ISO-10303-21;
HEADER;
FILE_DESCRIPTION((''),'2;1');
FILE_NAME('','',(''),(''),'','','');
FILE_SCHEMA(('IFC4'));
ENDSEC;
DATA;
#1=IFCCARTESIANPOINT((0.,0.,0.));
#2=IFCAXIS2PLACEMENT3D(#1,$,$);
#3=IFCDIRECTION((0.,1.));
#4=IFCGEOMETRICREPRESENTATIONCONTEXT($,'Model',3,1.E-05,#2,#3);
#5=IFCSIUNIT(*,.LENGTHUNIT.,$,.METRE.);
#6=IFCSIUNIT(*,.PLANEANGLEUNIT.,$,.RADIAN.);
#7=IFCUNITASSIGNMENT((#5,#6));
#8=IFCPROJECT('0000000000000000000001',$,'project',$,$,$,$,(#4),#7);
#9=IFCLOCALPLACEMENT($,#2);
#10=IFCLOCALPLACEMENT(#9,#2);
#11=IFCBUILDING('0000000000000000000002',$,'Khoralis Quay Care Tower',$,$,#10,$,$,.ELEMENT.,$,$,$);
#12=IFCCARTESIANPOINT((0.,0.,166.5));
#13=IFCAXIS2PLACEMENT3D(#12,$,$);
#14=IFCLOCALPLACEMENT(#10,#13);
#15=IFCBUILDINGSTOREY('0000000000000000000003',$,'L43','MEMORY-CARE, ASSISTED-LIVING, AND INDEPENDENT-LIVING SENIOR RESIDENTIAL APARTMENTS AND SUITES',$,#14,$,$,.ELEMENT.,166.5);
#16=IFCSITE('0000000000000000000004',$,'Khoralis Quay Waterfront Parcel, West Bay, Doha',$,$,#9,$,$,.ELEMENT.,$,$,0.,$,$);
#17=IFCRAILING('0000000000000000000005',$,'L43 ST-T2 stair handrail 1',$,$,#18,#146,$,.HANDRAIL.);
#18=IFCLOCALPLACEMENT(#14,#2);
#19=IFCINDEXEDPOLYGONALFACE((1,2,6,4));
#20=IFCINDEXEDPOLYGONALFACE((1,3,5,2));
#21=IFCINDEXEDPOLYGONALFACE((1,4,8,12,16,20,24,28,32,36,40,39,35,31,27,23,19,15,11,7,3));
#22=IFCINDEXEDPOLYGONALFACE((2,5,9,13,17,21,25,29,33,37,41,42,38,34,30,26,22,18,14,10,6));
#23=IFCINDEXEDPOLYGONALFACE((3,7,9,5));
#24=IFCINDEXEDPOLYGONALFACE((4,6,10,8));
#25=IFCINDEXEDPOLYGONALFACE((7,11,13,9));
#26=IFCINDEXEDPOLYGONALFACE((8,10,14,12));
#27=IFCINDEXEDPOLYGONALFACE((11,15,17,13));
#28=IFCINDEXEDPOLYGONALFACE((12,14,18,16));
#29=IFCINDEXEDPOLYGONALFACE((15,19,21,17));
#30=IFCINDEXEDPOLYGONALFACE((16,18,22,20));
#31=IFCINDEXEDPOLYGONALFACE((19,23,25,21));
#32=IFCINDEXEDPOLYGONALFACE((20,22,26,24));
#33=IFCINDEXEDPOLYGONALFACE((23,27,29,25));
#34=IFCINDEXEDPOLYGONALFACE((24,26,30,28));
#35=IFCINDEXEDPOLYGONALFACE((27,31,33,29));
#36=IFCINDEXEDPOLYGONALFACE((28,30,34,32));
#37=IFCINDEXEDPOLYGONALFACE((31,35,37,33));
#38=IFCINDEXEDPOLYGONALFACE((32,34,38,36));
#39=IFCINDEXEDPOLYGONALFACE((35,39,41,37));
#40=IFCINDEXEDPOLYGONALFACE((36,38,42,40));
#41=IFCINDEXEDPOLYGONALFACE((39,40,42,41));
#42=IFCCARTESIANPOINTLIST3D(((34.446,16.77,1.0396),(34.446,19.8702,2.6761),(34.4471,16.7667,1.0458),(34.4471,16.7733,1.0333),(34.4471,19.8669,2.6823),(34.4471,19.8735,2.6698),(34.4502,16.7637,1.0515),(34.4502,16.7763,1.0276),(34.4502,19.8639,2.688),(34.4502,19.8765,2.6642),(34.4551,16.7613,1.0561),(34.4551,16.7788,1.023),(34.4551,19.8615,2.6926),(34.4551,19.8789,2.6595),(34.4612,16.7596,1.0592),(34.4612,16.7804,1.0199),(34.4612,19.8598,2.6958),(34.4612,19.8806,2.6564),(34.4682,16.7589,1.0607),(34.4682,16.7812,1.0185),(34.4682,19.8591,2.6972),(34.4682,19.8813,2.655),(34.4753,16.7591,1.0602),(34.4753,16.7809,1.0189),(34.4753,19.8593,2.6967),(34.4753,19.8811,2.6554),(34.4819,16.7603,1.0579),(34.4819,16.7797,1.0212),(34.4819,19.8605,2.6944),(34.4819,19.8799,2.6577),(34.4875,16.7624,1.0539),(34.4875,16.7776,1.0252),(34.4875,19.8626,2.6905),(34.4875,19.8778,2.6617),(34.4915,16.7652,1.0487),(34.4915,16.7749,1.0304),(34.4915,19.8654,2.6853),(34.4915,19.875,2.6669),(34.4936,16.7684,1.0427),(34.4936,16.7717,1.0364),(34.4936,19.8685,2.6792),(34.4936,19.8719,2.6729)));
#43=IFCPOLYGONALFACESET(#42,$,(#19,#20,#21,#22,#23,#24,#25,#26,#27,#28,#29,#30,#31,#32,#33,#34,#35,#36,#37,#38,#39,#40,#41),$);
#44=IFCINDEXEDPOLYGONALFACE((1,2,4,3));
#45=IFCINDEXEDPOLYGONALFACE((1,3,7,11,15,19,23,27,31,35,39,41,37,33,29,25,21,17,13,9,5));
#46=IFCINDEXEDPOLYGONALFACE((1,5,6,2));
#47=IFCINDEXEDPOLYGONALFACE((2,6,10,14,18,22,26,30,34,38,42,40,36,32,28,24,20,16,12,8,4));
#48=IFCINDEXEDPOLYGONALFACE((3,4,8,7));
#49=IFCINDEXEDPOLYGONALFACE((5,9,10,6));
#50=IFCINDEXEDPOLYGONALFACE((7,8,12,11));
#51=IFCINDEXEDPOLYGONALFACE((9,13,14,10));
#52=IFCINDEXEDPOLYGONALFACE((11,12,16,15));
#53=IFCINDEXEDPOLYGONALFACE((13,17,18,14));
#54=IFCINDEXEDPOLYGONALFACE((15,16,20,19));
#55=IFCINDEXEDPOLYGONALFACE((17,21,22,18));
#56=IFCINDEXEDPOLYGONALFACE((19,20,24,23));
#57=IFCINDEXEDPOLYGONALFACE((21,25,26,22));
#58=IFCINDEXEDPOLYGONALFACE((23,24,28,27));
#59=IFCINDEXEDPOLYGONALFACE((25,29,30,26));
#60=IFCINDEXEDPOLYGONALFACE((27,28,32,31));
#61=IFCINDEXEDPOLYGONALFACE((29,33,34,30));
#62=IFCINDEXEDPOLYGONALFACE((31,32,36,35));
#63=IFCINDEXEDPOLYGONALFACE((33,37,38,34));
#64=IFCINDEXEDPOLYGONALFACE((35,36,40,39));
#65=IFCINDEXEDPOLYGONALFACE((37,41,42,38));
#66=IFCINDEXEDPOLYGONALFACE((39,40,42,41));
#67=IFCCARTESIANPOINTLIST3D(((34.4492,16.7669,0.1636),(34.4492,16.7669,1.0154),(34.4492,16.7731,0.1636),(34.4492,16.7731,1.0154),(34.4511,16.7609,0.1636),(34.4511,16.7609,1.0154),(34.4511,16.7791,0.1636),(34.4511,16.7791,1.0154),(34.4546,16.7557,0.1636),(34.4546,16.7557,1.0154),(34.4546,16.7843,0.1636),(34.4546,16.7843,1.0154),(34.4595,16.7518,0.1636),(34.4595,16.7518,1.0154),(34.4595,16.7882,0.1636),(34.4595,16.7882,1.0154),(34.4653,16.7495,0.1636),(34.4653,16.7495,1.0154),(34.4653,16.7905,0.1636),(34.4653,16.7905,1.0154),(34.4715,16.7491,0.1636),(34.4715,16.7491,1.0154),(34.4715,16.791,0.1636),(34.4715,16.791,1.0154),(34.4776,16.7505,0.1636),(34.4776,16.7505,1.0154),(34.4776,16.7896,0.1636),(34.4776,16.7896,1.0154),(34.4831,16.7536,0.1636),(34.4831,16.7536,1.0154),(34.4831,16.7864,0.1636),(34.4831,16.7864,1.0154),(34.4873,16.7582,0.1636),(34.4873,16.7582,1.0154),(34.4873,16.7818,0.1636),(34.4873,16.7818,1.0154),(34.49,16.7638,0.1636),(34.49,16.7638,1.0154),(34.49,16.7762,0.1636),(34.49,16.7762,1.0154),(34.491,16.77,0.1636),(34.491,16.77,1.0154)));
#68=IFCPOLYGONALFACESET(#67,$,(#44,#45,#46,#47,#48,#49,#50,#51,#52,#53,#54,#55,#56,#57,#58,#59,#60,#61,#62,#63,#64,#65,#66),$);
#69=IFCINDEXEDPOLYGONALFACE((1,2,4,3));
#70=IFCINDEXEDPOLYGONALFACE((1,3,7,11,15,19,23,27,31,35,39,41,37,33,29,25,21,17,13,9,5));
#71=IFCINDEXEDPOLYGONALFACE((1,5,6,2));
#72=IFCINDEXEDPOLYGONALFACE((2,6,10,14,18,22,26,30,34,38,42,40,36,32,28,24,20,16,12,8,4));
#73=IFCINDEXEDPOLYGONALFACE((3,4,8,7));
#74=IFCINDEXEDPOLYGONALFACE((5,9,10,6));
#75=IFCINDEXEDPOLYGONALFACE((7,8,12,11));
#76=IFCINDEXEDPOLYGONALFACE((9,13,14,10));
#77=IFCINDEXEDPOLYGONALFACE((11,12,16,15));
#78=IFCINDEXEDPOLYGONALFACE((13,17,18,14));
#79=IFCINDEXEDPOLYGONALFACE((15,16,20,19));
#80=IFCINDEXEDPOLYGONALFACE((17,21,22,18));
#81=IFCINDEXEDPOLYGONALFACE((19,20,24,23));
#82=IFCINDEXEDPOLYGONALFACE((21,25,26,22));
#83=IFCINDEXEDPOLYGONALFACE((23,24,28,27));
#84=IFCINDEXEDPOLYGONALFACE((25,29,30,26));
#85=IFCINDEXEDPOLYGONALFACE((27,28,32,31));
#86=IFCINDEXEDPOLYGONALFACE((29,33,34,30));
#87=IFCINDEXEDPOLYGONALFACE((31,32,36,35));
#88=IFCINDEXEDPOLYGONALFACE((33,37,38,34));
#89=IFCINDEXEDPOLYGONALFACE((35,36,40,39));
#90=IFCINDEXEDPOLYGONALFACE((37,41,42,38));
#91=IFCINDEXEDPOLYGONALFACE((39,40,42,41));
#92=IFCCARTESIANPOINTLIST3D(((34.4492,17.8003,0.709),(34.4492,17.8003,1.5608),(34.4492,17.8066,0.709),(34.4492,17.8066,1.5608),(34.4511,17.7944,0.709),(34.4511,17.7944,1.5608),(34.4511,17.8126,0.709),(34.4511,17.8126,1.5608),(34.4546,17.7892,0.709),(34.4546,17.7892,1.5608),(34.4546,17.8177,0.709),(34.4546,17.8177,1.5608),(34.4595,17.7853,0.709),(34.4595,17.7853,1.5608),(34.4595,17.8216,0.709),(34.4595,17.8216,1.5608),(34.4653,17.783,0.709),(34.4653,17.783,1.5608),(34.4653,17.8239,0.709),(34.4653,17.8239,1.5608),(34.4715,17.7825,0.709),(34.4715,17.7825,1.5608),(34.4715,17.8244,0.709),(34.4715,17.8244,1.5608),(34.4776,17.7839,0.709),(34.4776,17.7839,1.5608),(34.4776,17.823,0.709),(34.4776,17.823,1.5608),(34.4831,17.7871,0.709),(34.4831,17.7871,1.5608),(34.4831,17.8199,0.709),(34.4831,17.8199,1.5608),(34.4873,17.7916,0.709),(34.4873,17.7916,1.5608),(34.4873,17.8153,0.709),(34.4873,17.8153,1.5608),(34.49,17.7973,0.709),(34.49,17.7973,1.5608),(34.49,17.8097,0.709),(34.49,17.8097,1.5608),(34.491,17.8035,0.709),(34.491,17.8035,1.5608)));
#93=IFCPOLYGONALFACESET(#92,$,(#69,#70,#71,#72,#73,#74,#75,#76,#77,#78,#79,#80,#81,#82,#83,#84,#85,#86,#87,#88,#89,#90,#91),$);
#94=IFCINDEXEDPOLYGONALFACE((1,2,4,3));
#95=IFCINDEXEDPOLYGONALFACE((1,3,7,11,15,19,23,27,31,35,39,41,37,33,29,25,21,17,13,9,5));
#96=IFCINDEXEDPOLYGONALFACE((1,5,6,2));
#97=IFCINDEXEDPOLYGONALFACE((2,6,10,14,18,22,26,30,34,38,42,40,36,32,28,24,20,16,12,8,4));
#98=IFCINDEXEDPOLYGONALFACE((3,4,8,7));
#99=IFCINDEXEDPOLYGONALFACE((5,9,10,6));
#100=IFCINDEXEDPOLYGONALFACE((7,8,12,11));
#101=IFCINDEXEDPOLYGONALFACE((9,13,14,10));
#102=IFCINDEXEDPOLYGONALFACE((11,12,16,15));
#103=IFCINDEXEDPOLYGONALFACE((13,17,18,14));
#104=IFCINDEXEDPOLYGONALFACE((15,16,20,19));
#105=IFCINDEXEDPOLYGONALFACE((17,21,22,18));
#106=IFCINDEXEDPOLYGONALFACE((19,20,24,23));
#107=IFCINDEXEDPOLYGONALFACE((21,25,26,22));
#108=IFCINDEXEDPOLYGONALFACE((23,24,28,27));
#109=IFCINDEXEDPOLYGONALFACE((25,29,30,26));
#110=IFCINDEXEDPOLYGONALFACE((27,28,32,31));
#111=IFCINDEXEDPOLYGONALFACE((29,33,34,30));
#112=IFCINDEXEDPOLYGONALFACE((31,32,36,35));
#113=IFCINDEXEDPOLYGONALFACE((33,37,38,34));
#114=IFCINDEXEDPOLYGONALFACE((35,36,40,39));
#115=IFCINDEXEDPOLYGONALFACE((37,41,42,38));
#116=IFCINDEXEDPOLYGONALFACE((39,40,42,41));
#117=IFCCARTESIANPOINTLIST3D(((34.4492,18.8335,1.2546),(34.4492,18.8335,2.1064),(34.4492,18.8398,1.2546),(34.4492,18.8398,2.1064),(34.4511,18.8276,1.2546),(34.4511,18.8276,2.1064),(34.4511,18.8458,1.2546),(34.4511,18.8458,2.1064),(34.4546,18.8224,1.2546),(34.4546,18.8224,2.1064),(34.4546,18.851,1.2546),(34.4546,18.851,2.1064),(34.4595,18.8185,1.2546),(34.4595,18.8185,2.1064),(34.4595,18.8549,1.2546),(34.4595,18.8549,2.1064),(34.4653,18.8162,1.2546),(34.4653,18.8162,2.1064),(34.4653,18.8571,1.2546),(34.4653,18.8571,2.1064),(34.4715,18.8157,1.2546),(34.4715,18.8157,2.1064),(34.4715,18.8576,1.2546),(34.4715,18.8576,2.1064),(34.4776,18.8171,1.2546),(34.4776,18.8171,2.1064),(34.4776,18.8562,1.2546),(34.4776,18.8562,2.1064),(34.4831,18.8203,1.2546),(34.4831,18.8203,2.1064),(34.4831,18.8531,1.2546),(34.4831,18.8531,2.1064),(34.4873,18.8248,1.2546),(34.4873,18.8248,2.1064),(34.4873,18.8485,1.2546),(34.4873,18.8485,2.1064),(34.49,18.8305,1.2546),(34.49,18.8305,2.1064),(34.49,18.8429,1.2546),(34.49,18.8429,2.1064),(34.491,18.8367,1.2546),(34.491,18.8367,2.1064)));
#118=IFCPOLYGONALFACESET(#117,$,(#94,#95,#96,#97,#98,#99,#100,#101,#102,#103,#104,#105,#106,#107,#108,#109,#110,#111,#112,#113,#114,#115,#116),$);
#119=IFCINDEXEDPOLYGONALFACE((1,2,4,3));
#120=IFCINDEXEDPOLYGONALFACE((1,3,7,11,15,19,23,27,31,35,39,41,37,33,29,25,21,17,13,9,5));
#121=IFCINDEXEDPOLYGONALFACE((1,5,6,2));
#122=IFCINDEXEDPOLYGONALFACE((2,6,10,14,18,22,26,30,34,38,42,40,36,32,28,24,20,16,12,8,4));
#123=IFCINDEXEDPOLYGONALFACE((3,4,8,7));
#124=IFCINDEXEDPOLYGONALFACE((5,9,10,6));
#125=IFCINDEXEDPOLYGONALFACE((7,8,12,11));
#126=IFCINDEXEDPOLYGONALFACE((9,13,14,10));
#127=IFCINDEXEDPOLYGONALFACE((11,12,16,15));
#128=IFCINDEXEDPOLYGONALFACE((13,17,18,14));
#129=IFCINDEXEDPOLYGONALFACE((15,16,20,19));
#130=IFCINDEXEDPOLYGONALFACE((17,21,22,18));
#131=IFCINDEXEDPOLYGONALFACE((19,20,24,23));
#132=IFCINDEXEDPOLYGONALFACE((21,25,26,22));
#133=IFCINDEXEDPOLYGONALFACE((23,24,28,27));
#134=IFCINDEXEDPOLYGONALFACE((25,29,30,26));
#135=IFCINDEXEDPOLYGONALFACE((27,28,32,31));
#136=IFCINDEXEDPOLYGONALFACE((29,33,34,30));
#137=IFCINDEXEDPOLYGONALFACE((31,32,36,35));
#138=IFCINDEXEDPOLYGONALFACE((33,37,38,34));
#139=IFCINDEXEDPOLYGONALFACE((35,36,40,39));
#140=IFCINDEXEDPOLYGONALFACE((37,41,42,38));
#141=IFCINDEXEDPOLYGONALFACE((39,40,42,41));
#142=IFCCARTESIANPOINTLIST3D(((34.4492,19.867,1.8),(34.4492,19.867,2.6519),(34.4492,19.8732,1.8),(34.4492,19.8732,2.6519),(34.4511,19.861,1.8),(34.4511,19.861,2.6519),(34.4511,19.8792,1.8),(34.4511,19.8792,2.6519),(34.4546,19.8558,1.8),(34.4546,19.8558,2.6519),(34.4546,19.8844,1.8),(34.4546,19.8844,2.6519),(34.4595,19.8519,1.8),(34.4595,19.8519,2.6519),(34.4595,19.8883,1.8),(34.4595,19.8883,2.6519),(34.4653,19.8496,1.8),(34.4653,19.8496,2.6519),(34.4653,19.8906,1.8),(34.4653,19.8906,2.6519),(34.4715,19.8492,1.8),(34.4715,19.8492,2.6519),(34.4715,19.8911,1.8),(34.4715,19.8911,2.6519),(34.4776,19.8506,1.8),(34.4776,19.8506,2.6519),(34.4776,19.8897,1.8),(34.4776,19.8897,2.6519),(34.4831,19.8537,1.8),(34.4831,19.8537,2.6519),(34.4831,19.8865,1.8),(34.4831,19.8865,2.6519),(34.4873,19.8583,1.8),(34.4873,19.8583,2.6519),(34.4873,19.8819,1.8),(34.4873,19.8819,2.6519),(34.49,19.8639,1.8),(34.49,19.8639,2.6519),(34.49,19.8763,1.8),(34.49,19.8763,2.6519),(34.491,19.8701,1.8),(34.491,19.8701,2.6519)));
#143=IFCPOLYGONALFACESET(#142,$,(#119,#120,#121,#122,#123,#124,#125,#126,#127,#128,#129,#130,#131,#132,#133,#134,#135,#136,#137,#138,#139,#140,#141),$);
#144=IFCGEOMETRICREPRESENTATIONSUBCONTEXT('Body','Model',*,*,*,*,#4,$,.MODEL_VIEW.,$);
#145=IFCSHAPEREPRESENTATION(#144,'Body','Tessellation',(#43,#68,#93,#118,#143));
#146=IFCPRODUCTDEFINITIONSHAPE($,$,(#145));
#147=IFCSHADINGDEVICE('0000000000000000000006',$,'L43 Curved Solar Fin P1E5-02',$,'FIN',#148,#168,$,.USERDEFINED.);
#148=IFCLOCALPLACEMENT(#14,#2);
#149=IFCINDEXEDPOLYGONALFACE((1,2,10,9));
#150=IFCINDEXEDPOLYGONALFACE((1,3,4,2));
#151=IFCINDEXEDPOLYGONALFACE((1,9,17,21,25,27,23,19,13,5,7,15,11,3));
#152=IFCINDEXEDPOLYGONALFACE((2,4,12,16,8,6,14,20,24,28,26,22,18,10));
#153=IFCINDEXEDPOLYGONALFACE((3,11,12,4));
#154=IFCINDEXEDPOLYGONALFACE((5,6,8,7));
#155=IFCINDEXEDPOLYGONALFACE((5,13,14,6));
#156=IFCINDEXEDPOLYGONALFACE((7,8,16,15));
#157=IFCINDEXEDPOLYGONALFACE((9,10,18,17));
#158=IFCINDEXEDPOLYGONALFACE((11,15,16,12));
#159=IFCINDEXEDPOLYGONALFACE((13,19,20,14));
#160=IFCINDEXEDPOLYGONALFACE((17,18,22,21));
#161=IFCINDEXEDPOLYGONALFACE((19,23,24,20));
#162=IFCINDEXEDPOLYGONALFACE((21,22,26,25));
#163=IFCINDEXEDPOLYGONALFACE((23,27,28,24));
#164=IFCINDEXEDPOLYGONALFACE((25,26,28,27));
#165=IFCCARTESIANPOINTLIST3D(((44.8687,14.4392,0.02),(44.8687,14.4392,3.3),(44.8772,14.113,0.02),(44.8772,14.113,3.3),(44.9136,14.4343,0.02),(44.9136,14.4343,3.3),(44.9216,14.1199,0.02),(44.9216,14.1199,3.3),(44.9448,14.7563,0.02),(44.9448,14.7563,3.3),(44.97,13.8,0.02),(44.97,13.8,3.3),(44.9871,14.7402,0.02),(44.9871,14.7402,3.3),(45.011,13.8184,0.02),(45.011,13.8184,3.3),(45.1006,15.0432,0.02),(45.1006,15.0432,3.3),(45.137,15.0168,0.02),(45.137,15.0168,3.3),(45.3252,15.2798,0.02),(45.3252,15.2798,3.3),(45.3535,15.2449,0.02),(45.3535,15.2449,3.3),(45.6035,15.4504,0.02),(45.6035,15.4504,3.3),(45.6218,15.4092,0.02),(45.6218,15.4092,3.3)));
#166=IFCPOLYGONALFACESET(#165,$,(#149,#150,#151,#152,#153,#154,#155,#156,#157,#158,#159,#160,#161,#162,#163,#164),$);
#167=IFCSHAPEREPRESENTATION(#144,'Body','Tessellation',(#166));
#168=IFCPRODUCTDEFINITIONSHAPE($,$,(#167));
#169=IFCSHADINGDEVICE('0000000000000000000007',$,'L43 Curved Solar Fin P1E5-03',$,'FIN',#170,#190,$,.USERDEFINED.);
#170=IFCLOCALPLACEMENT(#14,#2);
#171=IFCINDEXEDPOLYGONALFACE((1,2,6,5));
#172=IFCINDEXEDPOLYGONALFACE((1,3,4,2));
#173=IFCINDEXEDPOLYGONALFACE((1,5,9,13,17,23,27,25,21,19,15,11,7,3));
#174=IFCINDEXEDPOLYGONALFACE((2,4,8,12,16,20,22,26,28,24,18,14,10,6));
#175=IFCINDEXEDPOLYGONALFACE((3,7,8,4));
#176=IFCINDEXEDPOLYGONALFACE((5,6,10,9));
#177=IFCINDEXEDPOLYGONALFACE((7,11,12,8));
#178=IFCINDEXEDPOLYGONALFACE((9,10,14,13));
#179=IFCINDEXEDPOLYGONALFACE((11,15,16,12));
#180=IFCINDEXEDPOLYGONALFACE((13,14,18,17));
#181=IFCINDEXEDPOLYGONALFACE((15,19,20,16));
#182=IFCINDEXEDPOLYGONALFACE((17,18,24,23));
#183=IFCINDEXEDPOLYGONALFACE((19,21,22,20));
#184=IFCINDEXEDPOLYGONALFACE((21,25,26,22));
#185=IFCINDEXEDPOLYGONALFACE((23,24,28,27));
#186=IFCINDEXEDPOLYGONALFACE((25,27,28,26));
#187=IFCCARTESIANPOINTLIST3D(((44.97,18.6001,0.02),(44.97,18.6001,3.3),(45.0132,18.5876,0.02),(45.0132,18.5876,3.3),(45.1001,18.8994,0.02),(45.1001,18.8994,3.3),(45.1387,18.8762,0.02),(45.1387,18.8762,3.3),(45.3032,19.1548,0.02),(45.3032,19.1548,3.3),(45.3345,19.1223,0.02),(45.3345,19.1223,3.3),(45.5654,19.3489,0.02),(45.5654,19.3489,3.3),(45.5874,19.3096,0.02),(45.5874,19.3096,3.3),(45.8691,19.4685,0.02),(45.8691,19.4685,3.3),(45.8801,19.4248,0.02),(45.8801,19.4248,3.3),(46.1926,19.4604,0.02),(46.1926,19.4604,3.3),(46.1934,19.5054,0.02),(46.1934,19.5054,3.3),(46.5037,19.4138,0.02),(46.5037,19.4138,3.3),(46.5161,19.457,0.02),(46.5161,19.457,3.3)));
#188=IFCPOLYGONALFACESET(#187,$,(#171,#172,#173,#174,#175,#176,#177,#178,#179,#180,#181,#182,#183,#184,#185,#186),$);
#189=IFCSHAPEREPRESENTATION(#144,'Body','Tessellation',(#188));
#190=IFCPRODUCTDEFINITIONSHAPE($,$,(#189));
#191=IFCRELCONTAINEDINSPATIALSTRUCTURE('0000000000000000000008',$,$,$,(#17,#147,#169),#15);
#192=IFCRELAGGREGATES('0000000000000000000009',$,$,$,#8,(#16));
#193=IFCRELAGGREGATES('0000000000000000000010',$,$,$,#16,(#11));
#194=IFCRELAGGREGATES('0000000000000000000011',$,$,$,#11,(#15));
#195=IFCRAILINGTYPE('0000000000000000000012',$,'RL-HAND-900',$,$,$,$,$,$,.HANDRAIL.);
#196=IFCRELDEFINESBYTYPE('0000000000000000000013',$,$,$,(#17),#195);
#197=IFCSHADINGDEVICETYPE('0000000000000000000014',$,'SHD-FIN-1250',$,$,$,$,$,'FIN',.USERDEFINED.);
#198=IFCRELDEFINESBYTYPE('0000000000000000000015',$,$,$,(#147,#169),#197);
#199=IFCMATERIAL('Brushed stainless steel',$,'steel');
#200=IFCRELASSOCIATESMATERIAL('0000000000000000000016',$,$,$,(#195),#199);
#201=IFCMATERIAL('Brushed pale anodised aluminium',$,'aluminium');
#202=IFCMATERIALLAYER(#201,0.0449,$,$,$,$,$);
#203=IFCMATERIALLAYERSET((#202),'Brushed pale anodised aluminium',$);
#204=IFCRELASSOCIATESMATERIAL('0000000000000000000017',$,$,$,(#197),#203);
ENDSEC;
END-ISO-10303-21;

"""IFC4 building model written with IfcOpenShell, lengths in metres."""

from ifc_helpers import new_model, si_unit, direction, frame, origin, origin_2d, place, context, subcontext, project, spatial, polyline, circle, outline, extrude, source, transform, mapped, material, layer, layer_set, type_object, element, save


model = new_model("IFC4")

# Units and contexts
model_context = context("Model", 3, precision=1e-05, world=origin(), true_north=direction((0.0, 1.0)))
body_context = subcontext(model_context, "Body", "Model", "MODEL_VIEW")
ifc_project = project(units=[si_unit("LENGTHUNIT", "METRE"), si_unit("PLANEANGLEUNIT", "RADIAN")], contexts=[model_context])

# Site, building, storey
site_placement = place(None, origin())
site = spatial("IfcSite", under=ifc_project, at=site_placement, Name="Khoralis Quay Waterfront Parcel, West Bay, Doha", CompositionType="ELEMENT", RefElevation=0.0)
building_placement = place(site_placement, origin())
building = spatial("IfcBuilding", under=site, at=building_placement, Name="Khoralis Quay Care Tower", CompositionType="ELEMENT")
storey_placement = place(building_placement, frame((0.0, 0.0, 166.5)))
storey = spatial("IfcBuildingStorey", under=building, at=storey_placement, Name="L43", Description="MEMORY-CARE, ASSISTED-LIVING, AND INDEPENDENT-LIVING SENIOR RESIDENTIAL APARTMENTS AND SUITES", CompositionType="ELEMENT", Elevation=166.5)

# Railing
ifc_material_1 = material(Name="Brushed stainless steel", Category="steel")
railing_type_1 = type_object("IfcRailingType", Name="RL-HAND-900", PredefinedType="HANDRAIL", material=ifc_material_1)
railing_1_placement = place(storey_placement, frame((34.47, 16.77, 0.1636)))
element("IfcRailing", 1, at=railing_1_placement, inside=storey, type_object=railing_type_1, Name="L43 ST-T2 stair handrail 1", PredefinedType="HANDRAIL", context=body_context, shape_type="SweptSolid", body=[
    extrude(circle(Radius=0.0239, at=origin_2d()), frame((0.0, 0.0, 0.876), z_axis=(0.0, 0.884348, 0.466828), x_axis=(-1.0, 0.0, 0.0)), (0.0, 0.0, 1.0), 3.5056),
    extrude(circle(Radius=0.021, at=origin_2d()), origin(), (0.0, 0.0, 1.0), 0.8518),
    extrude(circle(Radius=0.021, at=origin_2d()), frame((0.0, 1.0334, 0.5454)), (0.0, 0.0, 1.0), 0.8518),
    extrude(circle(Radius=0.021, at=origin_2d()), frame((0.0, 2.0667, 1.0911)), (0.0, 0.0, 1.0), 0.8518),
    extrude(circle(Radius=0.021, at=origin_2d()), frame((0.0, 3.1001, 1.6365)), (0.0, 0.0, 1.0), 0.8518),
])

# Shading devices
ifc_material_2 = material(Name="Brushed pale anodised aluminium", Category="aluminium")
ifc_layer_1 = layer(ifc_material_2, 0.0449)
ifc_layer_set_1 = layer_set([ifc_layer_1], Name="Brushed pale anodised aluminium")
shading_device_type = type_object("IfcShadingDeviceType", Name="SHD-FIN-1250", ElementType="FIN", PredefinedType="USERDEFINED", material=ifc_layer_set_1)
shared_shape_1 = source(origin(), body_context, "Body", "SweptSolid", [
    extrude(outline(polyline([(0.0, 0.0), (-0.0928, 0.313), (-0.1013, 0.6392), (-0.0251, 0.9563), (0.1306, 1.2432), (0.3552, 1.4797), (0.6335, 1.6504), (0.6519, 1.6091), (0.3835, 1.4448), (0.167, 1.2168), (0.0171, 0.9402), (-0.0564, 0.6343), (-0.0483, 0.3198), (0.041, 0.0183), (0.0, 0.0)])), origin(), (0.0, 0.0, 1.0), 3.28),
])
shading_device_1_placement = place(storey_placement, frame((44.97, 13.8, 0.02), z_axis=(0.0, 0.0, 1.0), x_axis=(1.0, 0.0, 0.0)))
element("IfcShadingDevice", 2, at=shading_device_1_placement, inside=storey, type_object=shading_device_type, Name="L43 Curved Solar Fin P1E5-02", ObjectType="FIN", PredefinedType="USERDEFINED", context=body_context, shape_type="MappedRepresentation", body=[
    mapped(shared_shape_1, transform((0.0, 0.0, 0.0), scale=1.0)),
])
shared_shape_2 = source(origin(), body_context, "Body", "SweptSolid", [
    extrude(outline(polyline([(0.0, 0.0), (0.1301, 0.2993), (0.3333, 0.5547), (0.5955, 0.7488), (0.8992, 0.8684), (1.2234, 0.9053), (1.5461, 0.8569), (1.5337, 0.8137), (1.2227, 0.8604), (0.9102, 0.8247), (0.6174, 0.7095), (0.3645, 0.5222), (0.1687, 0.2761), (0.0432, -0.0125), (0.0, 0.0)])), origin(), (0.0, 0.0, 1.0), 3.28),
])
shading_device_2_placement = place(storey_placement, frame((44.97, 18.6001, 0.02), z_axis=(0.0, 0.0, 1.0), x_axis=(1.0, 0.0, 0.0)))
element("IfcShadingDevice", 3, at=shading_device_2_placement, inside=storey, type_object=shading_device_type, Name="L43 Curved Solar Fin P1E5-03", ObjectType="FIN", PredefinedType="USERDEFINED", context=body_context, shape_type="MappedRepresentation", body=[
    mapped(shared_shape_2, transform((0.0, 0.0, 0.0), scale=1.0)),
])

save(model, "model.ifc")
